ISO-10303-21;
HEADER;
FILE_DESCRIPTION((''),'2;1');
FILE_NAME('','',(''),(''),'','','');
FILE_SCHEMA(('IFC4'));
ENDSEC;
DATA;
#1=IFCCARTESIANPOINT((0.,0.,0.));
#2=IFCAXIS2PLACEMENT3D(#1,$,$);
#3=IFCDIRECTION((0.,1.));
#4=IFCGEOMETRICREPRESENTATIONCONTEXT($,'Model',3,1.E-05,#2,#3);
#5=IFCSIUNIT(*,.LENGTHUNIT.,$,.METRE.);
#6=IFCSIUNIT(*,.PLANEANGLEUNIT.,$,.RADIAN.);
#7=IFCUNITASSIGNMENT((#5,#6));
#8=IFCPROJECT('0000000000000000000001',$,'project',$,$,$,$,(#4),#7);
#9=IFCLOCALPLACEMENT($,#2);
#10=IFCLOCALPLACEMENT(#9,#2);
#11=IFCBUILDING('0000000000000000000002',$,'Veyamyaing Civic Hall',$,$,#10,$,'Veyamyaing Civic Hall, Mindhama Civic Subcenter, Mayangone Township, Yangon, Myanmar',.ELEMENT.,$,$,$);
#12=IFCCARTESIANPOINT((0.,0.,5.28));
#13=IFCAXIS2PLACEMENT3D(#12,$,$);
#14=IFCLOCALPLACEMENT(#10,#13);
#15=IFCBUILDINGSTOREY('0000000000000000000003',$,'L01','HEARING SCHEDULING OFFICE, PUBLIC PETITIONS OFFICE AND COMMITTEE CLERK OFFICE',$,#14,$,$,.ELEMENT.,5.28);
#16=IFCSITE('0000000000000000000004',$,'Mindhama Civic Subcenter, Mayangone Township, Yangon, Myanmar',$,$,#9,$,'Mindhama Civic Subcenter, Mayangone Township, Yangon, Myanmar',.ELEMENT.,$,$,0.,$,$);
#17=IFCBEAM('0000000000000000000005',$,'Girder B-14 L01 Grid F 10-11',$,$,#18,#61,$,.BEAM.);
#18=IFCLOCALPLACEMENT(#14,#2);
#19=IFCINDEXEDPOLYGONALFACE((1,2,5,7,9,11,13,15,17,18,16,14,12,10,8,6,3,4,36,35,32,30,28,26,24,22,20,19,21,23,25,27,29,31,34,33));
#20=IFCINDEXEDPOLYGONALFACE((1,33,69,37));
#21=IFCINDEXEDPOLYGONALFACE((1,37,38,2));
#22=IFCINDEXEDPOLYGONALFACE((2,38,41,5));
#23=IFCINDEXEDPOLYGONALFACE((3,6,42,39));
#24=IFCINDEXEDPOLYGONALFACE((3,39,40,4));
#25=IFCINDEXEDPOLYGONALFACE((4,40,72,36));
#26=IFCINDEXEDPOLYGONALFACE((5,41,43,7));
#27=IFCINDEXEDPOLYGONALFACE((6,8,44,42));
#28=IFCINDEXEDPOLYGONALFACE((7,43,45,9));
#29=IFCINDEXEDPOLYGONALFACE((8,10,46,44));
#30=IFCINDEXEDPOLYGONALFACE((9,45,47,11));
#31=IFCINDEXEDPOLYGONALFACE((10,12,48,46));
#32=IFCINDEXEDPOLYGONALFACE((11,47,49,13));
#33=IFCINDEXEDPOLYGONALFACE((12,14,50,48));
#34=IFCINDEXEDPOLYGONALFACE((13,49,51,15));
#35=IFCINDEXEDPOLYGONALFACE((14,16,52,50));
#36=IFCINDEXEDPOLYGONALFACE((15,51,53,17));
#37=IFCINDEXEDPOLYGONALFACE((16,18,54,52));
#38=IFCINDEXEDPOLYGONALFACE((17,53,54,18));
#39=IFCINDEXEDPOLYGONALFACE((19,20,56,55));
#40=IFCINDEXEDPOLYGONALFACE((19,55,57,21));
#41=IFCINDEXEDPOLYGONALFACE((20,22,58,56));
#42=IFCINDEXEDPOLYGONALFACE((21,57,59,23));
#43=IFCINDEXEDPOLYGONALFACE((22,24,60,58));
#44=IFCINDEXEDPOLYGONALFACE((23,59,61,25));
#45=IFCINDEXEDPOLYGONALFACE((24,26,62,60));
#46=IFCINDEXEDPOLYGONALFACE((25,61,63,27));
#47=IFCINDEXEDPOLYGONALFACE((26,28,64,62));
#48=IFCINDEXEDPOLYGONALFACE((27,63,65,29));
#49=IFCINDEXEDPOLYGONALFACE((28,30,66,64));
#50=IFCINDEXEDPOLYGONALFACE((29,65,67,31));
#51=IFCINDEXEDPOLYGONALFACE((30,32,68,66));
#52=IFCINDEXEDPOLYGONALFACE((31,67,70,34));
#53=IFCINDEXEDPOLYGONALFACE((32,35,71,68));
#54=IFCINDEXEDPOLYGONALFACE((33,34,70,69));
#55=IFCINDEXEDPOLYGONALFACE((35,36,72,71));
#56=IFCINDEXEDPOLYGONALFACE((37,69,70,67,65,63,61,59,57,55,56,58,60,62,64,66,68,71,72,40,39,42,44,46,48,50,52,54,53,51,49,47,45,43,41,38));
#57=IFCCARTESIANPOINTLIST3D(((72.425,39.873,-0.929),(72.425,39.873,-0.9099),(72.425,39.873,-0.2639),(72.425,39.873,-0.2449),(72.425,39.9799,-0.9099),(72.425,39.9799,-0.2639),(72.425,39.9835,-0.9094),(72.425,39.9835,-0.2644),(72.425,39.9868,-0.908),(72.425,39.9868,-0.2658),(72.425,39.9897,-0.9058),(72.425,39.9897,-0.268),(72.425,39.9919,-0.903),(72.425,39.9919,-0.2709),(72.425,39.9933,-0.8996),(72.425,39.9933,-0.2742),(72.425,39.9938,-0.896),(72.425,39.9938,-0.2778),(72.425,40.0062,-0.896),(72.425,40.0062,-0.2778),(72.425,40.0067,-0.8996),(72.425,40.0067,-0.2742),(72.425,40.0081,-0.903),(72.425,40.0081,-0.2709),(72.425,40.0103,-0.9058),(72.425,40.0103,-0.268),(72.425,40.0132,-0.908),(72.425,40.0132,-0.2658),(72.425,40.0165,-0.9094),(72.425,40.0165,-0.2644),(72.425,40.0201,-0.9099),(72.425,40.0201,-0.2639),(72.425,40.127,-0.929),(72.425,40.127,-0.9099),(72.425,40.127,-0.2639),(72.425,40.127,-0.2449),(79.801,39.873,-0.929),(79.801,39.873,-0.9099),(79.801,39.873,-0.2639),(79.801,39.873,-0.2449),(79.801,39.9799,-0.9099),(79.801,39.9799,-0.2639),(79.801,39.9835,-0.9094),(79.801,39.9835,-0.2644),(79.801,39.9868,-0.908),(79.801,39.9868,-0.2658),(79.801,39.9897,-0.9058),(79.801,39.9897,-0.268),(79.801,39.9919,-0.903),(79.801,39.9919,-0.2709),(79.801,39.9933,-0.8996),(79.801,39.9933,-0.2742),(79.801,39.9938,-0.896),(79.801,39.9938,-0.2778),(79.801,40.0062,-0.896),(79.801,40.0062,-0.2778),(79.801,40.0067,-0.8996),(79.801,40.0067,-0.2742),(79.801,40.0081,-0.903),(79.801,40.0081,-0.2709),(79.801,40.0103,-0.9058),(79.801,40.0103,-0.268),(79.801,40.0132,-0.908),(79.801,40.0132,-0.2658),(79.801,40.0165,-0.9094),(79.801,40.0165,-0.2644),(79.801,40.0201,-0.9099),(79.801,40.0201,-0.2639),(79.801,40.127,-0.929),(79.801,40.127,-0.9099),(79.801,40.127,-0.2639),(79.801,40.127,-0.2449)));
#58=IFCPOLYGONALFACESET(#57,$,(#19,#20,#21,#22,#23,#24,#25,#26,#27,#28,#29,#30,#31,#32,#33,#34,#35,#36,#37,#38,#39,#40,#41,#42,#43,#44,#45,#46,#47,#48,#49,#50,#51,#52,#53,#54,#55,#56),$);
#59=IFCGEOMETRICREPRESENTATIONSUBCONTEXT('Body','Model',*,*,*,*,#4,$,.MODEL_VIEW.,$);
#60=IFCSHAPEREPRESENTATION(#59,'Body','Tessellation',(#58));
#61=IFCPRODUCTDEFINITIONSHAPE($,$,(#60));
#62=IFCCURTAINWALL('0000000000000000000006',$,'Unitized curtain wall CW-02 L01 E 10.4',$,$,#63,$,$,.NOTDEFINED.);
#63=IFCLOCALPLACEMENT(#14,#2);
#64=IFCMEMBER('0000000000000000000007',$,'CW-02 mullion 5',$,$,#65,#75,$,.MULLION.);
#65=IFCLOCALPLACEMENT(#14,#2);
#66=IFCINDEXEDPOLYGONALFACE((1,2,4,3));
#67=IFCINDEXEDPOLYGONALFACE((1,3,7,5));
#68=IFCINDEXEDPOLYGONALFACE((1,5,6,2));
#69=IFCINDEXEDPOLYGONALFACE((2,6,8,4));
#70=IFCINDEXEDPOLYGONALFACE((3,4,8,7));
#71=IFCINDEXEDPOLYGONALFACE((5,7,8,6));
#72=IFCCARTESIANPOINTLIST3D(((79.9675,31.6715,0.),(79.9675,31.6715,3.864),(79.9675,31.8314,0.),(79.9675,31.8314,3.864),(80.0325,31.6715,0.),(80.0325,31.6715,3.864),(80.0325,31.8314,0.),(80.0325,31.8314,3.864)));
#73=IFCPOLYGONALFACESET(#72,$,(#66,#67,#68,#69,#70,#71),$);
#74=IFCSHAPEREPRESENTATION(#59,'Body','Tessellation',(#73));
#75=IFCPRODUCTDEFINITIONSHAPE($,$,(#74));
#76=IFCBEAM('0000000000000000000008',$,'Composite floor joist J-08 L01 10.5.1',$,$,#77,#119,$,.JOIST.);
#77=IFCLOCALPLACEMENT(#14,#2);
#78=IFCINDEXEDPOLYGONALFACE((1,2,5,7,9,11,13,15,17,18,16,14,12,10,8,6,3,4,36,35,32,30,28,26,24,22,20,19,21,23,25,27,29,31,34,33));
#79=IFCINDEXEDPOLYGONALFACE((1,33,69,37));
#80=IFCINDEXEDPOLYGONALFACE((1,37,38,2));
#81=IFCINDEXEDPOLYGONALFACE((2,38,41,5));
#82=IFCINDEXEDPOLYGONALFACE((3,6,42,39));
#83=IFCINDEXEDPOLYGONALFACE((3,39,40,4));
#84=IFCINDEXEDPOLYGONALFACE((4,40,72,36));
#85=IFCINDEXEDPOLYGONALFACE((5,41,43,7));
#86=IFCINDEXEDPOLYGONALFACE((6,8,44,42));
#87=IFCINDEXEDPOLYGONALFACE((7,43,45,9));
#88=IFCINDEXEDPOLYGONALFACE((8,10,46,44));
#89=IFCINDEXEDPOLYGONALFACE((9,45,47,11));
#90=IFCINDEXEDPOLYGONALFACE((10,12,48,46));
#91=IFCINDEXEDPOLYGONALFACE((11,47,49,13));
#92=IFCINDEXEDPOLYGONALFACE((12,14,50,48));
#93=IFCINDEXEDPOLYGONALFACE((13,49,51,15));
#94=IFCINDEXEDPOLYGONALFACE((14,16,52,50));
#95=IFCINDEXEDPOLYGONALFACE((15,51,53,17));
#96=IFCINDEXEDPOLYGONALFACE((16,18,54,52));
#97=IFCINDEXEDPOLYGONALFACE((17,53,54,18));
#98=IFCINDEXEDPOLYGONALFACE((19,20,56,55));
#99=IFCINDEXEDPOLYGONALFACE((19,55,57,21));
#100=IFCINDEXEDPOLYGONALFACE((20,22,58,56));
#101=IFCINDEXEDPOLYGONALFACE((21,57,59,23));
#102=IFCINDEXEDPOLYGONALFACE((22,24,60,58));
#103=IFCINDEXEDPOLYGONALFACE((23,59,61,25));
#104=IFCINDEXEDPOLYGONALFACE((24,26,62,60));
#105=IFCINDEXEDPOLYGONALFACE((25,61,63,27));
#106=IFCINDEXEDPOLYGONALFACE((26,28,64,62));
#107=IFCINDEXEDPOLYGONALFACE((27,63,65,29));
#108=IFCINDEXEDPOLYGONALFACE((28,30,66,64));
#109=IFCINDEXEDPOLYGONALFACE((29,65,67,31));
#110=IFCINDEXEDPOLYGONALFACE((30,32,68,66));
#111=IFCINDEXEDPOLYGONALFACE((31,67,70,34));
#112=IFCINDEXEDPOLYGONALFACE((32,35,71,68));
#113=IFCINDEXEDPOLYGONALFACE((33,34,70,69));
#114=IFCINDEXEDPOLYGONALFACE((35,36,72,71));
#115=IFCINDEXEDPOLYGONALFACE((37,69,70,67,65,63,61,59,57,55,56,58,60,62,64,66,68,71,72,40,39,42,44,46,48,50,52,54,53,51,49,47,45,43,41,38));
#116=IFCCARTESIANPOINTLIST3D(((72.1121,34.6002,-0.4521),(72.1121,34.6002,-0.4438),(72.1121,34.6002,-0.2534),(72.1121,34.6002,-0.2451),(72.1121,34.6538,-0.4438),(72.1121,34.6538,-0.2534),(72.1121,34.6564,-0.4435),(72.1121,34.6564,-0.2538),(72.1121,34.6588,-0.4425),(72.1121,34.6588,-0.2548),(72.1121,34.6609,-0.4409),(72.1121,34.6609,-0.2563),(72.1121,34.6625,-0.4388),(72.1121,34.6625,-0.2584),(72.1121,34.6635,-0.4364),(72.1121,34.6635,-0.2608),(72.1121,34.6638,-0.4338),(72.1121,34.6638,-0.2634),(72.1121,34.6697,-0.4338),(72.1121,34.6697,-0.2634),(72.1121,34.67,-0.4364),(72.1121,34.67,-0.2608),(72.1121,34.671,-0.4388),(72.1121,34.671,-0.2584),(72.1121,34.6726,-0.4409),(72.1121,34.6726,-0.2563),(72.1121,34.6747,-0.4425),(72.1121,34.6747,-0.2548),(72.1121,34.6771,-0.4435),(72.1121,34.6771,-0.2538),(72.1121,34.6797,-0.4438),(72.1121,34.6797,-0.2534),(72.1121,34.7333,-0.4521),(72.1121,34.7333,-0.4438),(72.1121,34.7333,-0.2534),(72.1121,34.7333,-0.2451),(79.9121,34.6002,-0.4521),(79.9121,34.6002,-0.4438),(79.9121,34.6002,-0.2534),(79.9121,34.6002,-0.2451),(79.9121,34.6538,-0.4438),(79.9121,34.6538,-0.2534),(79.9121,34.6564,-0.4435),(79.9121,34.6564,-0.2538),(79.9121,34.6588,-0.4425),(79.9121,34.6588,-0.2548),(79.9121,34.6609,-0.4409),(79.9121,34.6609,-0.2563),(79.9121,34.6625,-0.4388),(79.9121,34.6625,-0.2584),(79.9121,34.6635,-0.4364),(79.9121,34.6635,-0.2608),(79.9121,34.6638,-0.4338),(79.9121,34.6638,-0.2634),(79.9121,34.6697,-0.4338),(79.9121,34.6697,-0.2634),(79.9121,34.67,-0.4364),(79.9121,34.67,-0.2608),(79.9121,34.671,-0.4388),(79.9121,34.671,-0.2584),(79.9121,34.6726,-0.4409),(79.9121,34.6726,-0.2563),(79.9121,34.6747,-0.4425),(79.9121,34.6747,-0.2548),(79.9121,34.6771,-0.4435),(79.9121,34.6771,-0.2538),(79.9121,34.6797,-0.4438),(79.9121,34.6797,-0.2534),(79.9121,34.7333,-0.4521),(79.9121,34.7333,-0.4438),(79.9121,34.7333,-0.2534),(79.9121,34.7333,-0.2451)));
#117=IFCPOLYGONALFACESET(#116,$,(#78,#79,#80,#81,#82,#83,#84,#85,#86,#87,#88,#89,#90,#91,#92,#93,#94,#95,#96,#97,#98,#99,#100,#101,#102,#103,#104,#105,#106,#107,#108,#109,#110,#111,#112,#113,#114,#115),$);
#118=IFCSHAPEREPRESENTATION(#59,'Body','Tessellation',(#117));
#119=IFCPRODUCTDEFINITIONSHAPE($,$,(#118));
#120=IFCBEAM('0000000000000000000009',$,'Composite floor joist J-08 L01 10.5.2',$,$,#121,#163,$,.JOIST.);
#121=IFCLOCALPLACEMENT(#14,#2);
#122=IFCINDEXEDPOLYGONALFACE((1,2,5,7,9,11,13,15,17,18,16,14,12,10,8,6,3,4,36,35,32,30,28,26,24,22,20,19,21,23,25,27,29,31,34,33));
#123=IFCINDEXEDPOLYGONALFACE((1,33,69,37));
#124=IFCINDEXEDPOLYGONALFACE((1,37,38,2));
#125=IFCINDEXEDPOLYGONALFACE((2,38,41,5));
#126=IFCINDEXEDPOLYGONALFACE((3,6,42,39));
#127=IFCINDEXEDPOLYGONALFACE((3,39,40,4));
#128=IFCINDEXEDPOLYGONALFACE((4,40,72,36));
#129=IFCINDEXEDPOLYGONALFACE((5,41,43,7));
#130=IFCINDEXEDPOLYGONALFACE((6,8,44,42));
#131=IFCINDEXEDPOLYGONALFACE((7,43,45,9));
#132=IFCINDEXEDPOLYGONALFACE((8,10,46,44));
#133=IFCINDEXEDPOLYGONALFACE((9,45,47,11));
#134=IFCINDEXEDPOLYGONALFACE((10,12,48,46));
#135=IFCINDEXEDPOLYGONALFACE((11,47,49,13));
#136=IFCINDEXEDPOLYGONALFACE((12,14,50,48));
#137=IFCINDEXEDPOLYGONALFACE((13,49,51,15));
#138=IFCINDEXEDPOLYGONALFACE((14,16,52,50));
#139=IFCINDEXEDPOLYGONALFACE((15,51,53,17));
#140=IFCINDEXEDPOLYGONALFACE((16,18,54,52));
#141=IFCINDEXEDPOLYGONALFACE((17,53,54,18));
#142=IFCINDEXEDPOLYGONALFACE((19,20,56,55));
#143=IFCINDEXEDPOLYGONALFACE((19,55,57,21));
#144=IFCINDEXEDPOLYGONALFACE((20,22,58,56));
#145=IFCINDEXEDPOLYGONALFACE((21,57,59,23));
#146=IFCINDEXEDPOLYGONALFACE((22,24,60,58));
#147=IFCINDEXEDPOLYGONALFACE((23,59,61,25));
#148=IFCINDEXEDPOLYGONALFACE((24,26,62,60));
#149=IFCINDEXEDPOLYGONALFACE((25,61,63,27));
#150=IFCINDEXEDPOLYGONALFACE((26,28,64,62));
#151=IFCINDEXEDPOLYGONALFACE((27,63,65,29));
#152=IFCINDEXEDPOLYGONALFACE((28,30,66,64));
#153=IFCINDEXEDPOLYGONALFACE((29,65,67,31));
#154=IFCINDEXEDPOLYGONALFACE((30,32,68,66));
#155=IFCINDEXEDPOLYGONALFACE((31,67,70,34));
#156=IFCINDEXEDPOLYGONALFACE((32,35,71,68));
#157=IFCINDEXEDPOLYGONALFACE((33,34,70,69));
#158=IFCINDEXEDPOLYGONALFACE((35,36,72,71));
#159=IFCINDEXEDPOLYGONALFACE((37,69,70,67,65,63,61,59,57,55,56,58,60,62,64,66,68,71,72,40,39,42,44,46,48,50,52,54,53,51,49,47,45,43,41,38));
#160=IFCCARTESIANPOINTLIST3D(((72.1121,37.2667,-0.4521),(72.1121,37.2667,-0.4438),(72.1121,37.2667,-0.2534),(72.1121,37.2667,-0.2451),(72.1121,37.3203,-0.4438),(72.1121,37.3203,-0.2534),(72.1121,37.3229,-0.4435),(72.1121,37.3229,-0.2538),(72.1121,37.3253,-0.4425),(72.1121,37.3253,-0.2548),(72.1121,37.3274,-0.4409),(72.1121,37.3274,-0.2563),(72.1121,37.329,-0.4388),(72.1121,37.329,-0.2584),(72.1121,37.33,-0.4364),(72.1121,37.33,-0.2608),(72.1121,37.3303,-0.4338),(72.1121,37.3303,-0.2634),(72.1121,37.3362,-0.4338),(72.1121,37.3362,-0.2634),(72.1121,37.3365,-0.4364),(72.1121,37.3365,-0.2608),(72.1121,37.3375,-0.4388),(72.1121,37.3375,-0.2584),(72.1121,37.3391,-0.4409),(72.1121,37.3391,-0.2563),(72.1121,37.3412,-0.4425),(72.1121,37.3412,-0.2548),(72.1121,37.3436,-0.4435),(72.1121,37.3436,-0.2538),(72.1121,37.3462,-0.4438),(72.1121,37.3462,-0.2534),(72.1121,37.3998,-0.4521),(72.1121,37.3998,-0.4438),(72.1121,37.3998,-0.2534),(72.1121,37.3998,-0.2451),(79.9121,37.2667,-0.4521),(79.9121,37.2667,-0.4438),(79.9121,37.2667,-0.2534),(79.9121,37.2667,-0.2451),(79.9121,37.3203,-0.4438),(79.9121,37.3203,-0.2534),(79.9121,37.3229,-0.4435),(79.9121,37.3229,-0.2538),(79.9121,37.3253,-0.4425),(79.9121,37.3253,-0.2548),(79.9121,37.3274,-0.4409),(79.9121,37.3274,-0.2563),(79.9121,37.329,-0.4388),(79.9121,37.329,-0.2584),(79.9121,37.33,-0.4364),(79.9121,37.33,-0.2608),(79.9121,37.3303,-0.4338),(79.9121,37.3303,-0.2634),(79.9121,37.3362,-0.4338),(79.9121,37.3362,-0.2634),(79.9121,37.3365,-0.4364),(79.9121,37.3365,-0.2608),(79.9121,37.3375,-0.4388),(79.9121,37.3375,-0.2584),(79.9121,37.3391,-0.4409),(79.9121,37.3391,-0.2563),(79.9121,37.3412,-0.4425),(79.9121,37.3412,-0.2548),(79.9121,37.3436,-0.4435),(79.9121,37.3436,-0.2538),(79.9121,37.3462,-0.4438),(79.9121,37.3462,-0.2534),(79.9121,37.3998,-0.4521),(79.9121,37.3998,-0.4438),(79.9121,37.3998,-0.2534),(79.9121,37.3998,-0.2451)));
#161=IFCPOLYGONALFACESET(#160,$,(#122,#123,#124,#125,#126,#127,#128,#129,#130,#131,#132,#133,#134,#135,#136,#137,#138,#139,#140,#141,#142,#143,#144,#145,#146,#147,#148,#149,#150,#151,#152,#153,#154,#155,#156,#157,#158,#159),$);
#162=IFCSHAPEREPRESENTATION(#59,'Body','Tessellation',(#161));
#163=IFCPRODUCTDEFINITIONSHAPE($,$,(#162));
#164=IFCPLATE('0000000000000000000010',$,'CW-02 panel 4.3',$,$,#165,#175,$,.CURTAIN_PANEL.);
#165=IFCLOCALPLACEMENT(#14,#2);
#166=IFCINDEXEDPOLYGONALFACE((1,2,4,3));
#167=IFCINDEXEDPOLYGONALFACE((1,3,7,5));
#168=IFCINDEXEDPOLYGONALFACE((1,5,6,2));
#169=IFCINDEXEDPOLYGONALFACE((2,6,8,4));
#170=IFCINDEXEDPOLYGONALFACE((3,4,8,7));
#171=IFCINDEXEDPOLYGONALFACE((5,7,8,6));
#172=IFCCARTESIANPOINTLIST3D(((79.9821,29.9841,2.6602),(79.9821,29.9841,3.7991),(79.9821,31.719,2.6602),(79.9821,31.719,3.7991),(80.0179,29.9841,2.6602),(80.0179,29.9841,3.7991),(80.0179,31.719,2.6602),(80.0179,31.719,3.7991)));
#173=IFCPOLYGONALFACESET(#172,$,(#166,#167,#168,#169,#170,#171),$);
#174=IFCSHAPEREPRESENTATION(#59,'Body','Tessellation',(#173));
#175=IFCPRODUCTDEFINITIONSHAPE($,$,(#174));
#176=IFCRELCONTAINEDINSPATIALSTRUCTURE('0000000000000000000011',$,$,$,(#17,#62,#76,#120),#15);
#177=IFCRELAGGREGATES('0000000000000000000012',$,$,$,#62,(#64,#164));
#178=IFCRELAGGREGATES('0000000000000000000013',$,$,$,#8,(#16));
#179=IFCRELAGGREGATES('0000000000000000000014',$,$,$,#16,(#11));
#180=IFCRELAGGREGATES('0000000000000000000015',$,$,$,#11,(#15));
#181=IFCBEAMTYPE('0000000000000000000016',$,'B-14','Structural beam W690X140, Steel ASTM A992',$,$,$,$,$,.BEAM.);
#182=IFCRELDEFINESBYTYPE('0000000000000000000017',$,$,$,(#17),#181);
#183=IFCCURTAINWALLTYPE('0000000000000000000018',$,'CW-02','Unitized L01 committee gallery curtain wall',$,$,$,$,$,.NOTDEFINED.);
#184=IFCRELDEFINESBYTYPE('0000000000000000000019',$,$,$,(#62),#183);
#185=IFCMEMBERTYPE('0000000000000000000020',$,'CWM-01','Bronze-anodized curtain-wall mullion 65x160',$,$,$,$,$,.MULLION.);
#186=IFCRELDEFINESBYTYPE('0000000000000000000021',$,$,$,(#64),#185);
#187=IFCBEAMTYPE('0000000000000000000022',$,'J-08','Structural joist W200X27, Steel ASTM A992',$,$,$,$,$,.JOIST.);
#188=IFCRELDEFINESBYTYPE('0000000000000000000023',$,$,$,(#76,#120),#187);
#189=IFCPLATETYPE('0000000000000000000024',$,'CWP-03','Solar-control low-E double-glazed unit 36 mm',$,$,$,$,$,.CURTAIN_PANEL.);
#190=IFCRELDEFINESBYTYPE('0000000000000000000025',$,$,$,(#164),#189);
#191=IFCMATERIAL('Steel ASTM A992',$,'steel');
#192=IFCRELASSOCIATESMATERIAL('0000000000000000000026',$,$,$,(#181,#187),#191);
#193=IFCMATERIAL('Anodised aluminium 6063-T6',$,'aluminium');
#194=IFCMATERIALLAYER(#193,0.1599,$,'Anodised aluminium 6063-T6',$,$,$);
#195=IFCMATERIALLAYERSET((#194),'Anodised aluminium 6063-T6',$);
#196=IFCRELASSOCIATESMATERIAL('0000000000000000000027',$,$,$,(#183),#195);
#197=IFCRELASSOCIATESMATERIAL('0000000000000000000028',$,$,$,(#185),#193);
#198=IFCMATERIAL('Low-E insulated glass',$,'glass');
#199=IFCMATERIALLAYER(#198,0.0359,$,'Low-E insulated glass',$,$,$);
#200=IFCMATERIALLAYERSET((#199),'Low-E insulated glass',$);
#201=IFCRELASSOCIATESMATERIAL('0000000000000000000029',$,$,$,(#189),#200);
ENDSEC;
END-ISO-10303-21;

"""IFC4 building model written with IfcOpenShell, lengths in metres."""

from ifc_helpers import new_model, si_unit, direction, frame, origin, origin_2d, place, context, subcontext, project, spatial, rectangle, i_section, extrude, material, layer, layer_set, material_profile, profile_set, type_object, element, aggregate, save


model = new_model("IFC4")

# Units and contexts
model_context = context("Model", 3, precision=1e-05, world=origin(), true_north=direction((0.0, 1.0)))
body_context = subcontext(model_context, "Body", "Model", "MODEL_VIEW")
ifc_project = project(units=[si_unit("LENGTHUNIT", "METRE"), si_unit("PLANEANGLEUNIT", "RADIAN")], contexts=[model_context])

# Site, building, storey
site_placement = place(None, origin())
site = spatial("IfcSite", under=ifc_project, at=site_placement, Name="Mindhama Civic Subcenter, Mayangone Township, Yangon, Myanmar", LongName="Mindhama Civic Subcenter, Mayangone Township, Yangon, Myanmar", CompositionType="ELEMENT", RefElevation=0.0)
building_placement = place(site_placement, origin())
building = spatial("IfcBuilding", under=site, at=building_placement, Name="Veyamyaing Civic Hall", LongName="Veyamyaing Civic Hall, Mindhama Civic Subcenter, Mayangone Township, Yangon, Myanmar", CompositionType="ELEMENT")
storey_placement = place(building_placement, frame((0.0, 0.0, 5.28)))
storey = spatial("IfcBuildingStorey", under=building, at=storey_placement, Name="L01", Description="HEARING SCHEDULING OFFICE, PUBLIC PETITIONS OFFICE AND COMMITTEE CLERK OFFICE", CompositionType="ELEMENT", Elevation=5.28)

# Beam
ifc_material_1 = material(Name="Steel ASTM A992", Category="steel")
ifc_material_profile_1 = material_profile(ifc_material_1, i_section(OverallWidth=0.2539, OverallDepth=0.6841, WebThickness=0.0125, FlangeThickness=0.019, FilletRadius=0.0139, at=origin_2d()), Name="W690X140")
ifc_profile_set_1 = profile_set([ifc_material_profile_1], Name="Steel ASTM A992")
beam_type_1 = type_object("IfcBeamType", Name="B-14", Description="Structural beam W690X140, Steel ASTM A992", PredefinedType="BEAM", material=ifc_profile_set_1)
beam_1_placement = place(storey_placement, frame((72.425, 40.0, -0.5869), z_axis=(1.0, 0.0, 0.0), x_axis=(0.0, 1.0, 0.0)))
element("IfcBeam", 1, at=beam_1_placement, inside=storey, type_object=beam_type_1, Name="Girder B-14 L01 Grid F 10-11", PredefinedType="BEAM", context=body_context, shape_type="SweptSolid", body=[
    extrude(i_section(OverallWidth=0.2539, OverallDepth=0.6841, WebThickness=0.0125, FlangeThickness=0.019, FilletRadius=0.0139, at=origin_2d()), origin(), (0.0, 0.0, 1.0), 7.376),
])

# Curtain wall, member
ifc_material_2 = material(Name="Anodised aluminium 6063-T6", Category="aluminium")
ifc_layer_1 = layer(ifc_material_2, 0.1599, Name="Anodised aluminium 6063-T6")
ifc_layer_set_1 = layer_set([ifc_layer_1], Name="Anodised aluminium 6063-T6")
curtain_wall_type = type_object("IfcCurtainWallType", Name="CW-02", Description="Unitized L01 committee gallery curtain wall", PredefinedType="NOTDEFINED", material=ifc_layer_set_1)
curtain_wall_placement = place(storey_placement, origin())
curtain_wall = element("IfcCurtainWall", 2, at=curtain_wall_placement, inside=storey, type_object=curtain_wall_type, Name="Unitized curtain wall CW-02 L01 E 10.4", PredefinedType="NOTDEFINED")
ifc_material_profile_2 = material_profile(ifc_material_2, rectangle(XDim=0.0649, YDim=0.1599, at=origin_2d()), Name="ALU-MUL-65X160")
ifc_profile_set_2 = profile_set([ifc_material_profile_2], Name="Anodised aluminium 6063-T6")
member_type = type_object("IfcMemberType", Name="CWM-01", Description="Bronze-anodized curtain-wall mullion 65x160", PredefinedType="MULLION", material=ifc_profile_set_2)
member_placement = place(storey_placement, frame((80.0, 31.7515, 0.0), z_axis=(0.0, 0.0, 1.0), x_axis=(-1.0, 0.0, 0.0)))
member = element("IfcMember", 3, at=member_placement, type_object=member_type, Name="CW-02 mullion 5", PredefinedType="MULLION", context=body_context, shape_type="SweptSolid", body=[
    extrude(rectangle(XDim=0.0649, YDim=0.1599, at=origin_2d()), origin(), (0.0, 0.0, 1.0), 3.864),
])

# Beams
ifc_material_profile_3 = material_profile(ifc_material_1, i_section(OverallWidth=0.1331, OverallDepth=0.207, WebThickness=0.0059, FlangeThickness=0.0083, FilletRadius=0.01, at=origin_2d()), Name="W200X27")
ifc_profile_set_3 = profile_set([ifc_material_profile_3], Name="Steel ASTM A992")
beam_type_2 = type_object("IfcBeamType", Name="J-08", Description="Structural joist W200X27, Steel ASTM A992", PredefinedType="JOIST", material=ifc_profile_set_3)
for number, where, z_axis, x_axis, name in (
    (4, (72.1121, 34.6667, -0.3486), (1.0, 0.0, 0.0), (0.0, 1.0, 0.0), "Composite floor joist J-08 L01 10.5.1"),
    (5, (72.1121, 37.3333, -0.3486), (1.0, 0.0, 0.0), (0.0, 1.0, 0.0), "Composite floor joist J-08 L01 10.5.2"),
):
    element("IfcBeam", number, at=place(storey_placement, frame(where, z_axis=z_axis, x_axis=x_axis)), inside=storey, type_object=beam_type_2, Name=name, PredefinedType="JOIST", context=body_context, shape_type="SweptSolid", body=[
        extrude(i_section(OverallWidth=0.1331, OverallDepth=0.207, WebThickness=0.0059, FlangeThickness=0.0083, FilletRadius=0.01, at=origin_2d()), origin(), (0.0, 0.0, 1.0), 7.8),
    ])

# Plate
ifc_material_3 = material(Name="Low-E insulated glass", Category="glass")
ifc_layer_2 = layer(ifc_material_3, 0.0359, Name="Low-E insulated glass")
ifc_layer_set_2 = layer_set([ifc_layer_2], Name="Low-E insulated glass")
plate_type = type_object("IfcPlateType", Name="CWP-03", Description="Solar-control low-E double-glazed unit 36 mm", PredefinedType="CURTAIN_PANEL", material=ifc_layer_set_2)
plate_placement = place(storey_placement, frame((80.0, 30.8516, 2.6602), z_axis=(0.0, 0.0, 1.0), x_axis=(0.0, 1.0, 0.0)))
plate = element("IfcPlate", 6, at=plate_placement, type_object=plate_type, Name="CW-02 panel 4.3", PredefinedType="CURTAIN_PANEL", context=body_context, shape_type="SweptSolid", body=[
    extrude(rectangle(XDim=1.7349, YDim=0.0359, at=origin_2d()), origin(), (0.0, 0.0, 1.0), 1.1389),
])
aggregate(curtain_wall, [member, plate])

save(model, "model.ifc")
